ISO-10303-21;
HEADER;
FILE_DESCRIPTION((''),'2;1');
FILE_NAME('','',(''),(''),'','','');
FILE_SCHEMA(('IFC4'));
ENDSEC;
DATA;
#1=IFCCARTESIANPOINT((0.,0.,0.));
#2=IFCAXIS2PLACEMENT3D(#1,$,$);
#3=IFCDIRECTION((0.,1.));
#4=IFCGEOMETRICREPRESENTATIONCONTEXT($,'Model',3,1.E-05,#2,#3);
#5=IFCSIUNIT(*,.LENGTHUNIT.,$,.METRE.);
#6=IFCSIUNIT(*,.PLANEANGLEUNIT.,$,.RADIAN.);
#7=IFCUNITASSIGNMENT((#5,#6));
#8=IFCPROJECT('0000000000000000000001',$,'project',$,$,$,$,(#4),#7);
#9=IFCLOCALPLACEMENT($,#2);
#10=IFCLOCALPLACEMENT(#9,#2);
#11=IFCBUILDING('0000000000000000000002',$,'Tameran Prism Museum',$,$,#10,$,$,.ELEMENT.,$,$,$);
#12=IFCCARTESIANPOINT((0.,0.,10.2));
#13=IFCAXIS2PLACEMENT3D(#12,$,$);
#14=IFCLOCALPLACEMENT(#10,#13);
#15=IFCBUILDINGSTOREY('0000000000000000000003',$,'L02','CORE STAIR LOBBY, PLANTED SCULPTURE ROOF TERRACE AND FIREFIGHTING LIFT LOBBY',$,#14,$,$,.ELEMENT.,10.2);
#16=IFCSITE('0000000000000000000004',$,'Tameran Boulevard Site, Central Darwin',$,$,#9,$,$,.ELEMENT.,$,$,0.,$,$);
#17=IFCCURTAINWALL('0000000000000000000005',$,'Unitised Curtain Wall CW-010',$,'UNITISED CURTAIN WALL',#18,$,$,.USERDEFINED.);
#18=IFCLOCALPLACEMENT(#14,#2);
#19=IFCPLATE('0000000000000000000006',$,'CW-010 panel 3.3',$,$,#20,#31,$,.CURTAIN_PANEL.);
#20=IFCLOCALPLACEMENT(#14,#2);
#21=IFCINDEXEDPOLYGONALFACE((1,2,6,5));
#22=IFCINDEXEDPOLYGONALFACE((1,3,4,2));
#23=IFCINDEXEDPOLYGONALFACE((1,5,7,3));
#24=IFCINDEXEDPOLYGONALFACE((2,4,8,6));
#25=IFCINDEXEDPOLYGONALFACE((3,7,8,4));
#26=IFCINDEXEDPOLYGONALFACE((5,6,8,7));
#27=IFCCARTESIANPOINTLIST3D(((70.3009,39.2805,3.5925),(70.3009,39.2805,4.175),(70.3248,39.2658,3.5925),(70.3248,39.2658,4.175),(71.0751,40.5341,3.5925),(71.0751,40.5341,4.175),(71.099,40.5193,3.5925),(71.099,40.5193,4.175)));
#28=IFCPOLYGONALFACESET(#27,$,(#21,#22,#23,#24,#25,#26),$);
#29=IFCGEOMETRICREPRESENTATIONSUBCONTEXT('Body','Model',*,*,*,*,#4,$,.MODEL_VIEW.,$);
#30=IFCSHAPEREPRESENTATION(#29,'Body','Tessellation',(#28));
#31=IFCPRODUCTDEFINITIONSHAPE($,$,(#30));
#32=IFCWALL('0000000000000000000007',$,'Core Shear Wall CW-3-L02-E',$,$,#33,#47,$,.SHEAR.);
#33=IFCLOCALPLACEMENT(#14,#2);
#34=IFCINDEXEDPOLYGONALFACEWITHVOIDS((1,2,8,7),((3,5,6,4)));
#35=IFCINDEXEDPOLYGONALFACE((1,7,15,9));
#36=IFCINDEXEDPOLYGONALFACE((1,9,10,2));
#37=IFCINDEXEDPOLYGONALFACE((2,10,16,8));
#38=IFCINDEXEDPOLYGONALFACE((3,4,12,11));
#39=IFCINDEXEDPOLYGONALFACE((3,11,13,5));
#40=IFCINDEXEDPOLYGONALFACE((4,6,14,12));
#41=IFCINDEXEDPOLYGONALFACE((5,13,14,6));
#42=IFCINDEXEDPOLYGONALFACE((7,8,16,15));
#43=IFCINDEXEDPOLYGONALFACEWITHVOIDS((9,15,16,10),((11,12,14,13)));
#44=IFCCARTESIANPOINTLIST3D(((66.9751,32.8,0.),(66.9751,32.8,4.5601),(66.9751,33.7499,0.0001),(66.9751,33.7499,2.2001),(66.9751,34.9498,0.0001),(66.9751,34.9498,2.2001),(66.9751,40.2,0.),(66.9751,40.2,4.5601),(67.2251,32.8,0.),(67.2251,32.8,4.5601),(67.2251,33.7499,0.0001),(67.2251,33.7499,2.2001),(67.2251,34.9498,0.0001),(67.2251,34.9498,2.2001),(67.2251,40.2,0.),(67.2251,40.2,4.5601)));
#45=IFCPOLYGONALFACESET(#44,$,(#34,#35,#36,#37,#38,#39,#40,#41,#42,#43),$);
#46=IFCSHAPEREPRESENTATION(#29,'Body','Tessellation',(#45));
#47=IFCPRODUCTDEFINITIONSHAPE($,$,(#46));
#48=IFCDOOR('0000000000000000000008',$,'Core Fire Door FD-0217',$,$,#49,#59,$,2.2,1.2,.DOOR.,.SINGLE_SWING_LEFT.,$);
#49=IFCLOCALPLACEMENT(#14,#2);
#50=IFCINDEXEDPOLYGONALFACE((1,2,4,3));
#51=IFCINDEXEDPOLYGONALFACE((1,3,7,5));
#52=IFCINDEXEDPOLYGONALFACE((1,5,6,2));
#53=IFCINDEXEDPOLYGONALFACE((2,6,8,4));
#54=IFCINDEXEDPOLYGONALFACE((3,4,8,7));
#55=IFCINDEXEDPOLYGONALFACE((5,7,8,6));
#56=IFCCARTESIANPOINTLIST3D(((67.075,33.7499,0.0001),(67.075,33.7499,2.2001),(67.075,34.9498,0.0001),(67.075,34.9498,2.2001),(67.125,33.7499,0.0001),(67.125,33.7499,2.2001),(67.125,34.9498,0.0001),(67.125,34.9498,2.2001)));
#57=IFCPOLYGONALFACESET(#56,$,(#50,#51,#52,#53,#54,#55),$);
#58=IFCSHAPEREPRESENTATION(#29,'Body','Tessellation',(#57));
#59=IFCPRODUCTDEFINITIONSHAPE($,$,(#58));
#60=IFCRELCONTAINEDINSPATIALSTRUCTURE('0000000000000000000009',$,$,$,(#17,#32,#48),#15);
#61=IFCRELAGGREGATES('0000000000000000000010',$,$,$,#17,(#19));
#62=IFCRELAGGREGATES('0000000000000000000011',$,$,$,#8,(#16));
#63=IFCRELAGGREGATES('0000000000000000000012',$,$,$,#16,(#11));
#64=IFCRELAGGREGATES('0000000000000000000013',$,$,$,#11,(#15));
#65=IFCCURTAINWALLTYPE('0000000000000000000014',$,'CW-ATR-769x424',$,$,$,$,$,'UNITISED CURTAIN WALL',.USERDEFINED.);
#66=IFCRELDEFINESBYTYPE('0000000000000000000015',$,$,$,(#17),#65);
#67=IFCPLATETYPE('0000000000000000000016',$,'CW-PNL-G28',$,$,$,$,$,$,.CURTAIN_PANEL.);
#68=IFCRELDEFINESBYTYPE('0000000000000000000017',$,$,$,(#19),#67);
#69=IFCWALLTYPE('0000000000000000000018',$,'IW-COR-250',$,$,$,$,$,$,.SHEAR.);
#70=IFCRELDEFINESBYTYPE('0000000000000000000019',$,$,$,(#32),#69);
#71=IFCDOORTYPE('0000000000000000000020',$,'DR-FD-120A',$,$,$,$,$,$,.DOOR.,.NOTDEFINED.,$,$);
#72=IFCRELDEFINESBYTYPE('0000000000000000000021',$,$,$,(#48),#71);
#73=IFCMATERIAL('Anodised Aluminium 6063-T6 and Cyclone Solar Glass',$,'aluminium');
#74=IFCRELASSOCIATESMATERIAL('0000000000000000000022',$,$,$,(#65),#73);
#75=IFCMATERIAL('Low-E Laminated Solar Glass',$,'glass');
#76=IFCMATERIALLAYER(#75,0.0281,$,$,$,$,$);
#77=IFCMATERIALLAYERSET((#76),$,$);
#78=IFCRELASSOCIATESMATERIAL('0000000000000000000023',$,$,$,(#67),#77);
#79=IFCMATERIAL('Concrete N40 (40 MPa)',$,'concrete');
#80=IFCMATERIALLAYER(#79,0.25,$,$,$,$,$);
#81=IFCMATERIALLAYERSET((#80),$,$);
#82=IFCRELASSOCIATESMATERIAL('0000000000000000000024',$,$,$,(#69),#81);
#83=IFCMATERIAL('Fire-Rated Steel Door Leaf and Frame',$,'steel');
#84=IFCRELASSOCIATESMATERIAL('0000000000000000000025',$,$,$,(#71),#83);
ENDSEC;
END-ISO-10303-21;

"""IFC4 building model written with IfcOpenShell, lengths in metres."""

from ifc_helpers import new_model, si_unit, direction, frame, frame_2d, origin, origin_2d, place, context, subcontext, project, spatial, rectangle, extrude, material, layer, layer_set, type_object, element, fill, aggregate, save


model = new_model("IFC4")

# Units and contexts
model_context = context("Model", 3, precision=1e-05, world=origin(), true_north=direction((0.0, 1.0)))
body_context = subcontext(model_context, "Body", "Model", "MODEL_VIEW")
ifc_project = project(units=[si_unit("LENGTHUNIT", "METRE"), si_unit("PLANEANGLEUNIT", "RADIAN")], contexts=[model_context])

# Site, building, storey
site_placement = place(None, origin())
site = spatial("IfcSite", under=ifc_project, at=site_placement, Name="Tameran Boulevard Site, Central Darwin", CompositionType="ELEMENT", RefElevation=0.0)
building_placement = place(site_placement, origin())
building = spatial("IfcBuilding", under=site, at=building_placement, Name="Tameran Prism Museum", CompositionType="ELEMENT")
storey_placement = place(building_placement, frame((0.0, 0.0, 10.2)))
storey = spatial("IfcBuildingStorey", under=building, at=storey_placement, Name="L02", Description="CORE STAIR LOBBY, PLANTED SCULPTURE ROOF TERRACE AND FIREFIGHTING LIFT LOBBY", CompositionType="ELEMENT", Elevation=10.2)

# Curtain wall, plate
ifc_material_1 = material(Name="Anodised Aluminium 6063-T6 and Cyclone Solar Glass", Category="aluminium")
curtain_wall_type = type_object("IfcCurtainWallType", Name="CW-ATR-769x424", ElementType="UNITISED CURTAIN WALL", PredefinedType="USERDEFINED", material=ifc_material_1)
curtain_wall_placement = place(storey_placement, origin())
curtain_wall = element("IfcCurtainWall", 1, at=curtain_wall_placement, inside=storey, type_object=curtain_wall_type, Name="Unitised Curtain Wall CW-010", ObjectType="UNITISED CURTAIN WALL", PredefinedType="USERDEFINED")
ifc_material_2 = material(Name="Low-E Laminated Solar Glass", Category="glass")
ifc_layer_1 = layer(ifc_material_2, 0.0281)
ifc_layer_set_1 = layer_set([ifc_layer_1])
plate_type = type_object("IfcPlateType", Name="CW-PNL-G28", PredefinedType="CURTAIN_PANEL", material=ifc_layer_set_1)
plate_1_placement = place(storey_placement, frame((70.7, 39.8999, 3.5925), z_axis=(0.0, 0.0, 1.0), x_axis=(-0.525504, -0.850791, 0.0)))
plate_1 = element("IfcPlate", 2, at=plate_1_placement, type_object=plate_type, Name="CW-010 panel 3.3", PredefinedType="CURTAIN_PANEL", context=body_context, shape_type="SweptSolid", body=[
    extrude(rectangle(XDim=1.4734, YDim=0.0281, at=origin_2d()), origin(), (0.0, 0.0, 1.0), 0.5825),
])
aggregate(curtain_wall, [plate_1])

# Wall, opening, door
ifc_material_3 = material(Name="Concrete N40 (40 MPa)", Category="concrete")
ifc_layer_2 = layer(ifc_material_3, 0.25)
ifc_layer_set_2 = layer_set([ifc_layer_2])
wall_type = type_object("IfcWallType", Name="IW-COR-250", PredefinedType="SHEAR", material=ifc_layer_set_2)
wall_placement = place(storey_placement, frame((67.1001, 40.2, 0.0), z_axis=(0.0, 0.0, 1.0), x_axis=(0.0, -1.0, 0.0)))
wall = element("IfcWall", 3, at=wall_placement, inside=storey, type_object=wall_type, Name="Core Shear Wall CW-3-L02-E", PredefinedType="SHEAR", context=body_context, shape_type="SweptSolid", body=[
    extrude(rectangle(XDim=7.3999, YDim=0.25, at=frame_2d((3.7, 0.0))), origin(), (0.0, 0.0, 1.0), 4.5601),
])
opening_placement = place(wall_placement, frame((5.25, 0.0, 0.0)))
opening = element("IfcOpeningElement", 4, at=opening_placement, cuts=wall, PredefinedType="OPENING", context=body_context, shape_type="SweptSolid", body=[
    extrude(rectangle(XDim=1.2, YDim=2.2, at=frame_2d((0.6001, 1.1001))), frame((0.0, 0.135, 0.0), z_axis=(0.0, -1.0, 0.0), x_axis=(1.0, 0.0, 0.0)), (0.0, 0.0, 1.0), 0.27),
])
ifc_material_4 = material(Name="Fire-Rated Steel Door Leaf and Frame", Category="steel")
door_type = type_object("IfcDoorType", Name="DR-FD-120A", OperationType="NOTDEFINED", PredefinedType="DOOR", material=ifc_material_4)
door_placement = place(opening_placement, origin())
door = element("IfcDoor", 5, at=door_placement, inside=storey, type_object=door_type, Name="Core Fire Door FD-0217", OperationType="SINGLE_SWING_LEFT", OverallHeight=2.2, OverallWidth=1.2, PredefinedType="DOOR", context=body_context, shape_type="SweptSolid", body=[
    extrude(rectangle(XDim=1.2, YDim=2.2, at=frame_2d((0.6001, 1.1001))), frame((0.0, 0.0249, 0.0), z_axis=(0.0, -1.0, 0.0), x_axis=(1.0, 0.0, 0.0)), (0.0, 0.0, 1.0), 0.05),
])
fill(opening, door)

save(model, "model.ifc")
